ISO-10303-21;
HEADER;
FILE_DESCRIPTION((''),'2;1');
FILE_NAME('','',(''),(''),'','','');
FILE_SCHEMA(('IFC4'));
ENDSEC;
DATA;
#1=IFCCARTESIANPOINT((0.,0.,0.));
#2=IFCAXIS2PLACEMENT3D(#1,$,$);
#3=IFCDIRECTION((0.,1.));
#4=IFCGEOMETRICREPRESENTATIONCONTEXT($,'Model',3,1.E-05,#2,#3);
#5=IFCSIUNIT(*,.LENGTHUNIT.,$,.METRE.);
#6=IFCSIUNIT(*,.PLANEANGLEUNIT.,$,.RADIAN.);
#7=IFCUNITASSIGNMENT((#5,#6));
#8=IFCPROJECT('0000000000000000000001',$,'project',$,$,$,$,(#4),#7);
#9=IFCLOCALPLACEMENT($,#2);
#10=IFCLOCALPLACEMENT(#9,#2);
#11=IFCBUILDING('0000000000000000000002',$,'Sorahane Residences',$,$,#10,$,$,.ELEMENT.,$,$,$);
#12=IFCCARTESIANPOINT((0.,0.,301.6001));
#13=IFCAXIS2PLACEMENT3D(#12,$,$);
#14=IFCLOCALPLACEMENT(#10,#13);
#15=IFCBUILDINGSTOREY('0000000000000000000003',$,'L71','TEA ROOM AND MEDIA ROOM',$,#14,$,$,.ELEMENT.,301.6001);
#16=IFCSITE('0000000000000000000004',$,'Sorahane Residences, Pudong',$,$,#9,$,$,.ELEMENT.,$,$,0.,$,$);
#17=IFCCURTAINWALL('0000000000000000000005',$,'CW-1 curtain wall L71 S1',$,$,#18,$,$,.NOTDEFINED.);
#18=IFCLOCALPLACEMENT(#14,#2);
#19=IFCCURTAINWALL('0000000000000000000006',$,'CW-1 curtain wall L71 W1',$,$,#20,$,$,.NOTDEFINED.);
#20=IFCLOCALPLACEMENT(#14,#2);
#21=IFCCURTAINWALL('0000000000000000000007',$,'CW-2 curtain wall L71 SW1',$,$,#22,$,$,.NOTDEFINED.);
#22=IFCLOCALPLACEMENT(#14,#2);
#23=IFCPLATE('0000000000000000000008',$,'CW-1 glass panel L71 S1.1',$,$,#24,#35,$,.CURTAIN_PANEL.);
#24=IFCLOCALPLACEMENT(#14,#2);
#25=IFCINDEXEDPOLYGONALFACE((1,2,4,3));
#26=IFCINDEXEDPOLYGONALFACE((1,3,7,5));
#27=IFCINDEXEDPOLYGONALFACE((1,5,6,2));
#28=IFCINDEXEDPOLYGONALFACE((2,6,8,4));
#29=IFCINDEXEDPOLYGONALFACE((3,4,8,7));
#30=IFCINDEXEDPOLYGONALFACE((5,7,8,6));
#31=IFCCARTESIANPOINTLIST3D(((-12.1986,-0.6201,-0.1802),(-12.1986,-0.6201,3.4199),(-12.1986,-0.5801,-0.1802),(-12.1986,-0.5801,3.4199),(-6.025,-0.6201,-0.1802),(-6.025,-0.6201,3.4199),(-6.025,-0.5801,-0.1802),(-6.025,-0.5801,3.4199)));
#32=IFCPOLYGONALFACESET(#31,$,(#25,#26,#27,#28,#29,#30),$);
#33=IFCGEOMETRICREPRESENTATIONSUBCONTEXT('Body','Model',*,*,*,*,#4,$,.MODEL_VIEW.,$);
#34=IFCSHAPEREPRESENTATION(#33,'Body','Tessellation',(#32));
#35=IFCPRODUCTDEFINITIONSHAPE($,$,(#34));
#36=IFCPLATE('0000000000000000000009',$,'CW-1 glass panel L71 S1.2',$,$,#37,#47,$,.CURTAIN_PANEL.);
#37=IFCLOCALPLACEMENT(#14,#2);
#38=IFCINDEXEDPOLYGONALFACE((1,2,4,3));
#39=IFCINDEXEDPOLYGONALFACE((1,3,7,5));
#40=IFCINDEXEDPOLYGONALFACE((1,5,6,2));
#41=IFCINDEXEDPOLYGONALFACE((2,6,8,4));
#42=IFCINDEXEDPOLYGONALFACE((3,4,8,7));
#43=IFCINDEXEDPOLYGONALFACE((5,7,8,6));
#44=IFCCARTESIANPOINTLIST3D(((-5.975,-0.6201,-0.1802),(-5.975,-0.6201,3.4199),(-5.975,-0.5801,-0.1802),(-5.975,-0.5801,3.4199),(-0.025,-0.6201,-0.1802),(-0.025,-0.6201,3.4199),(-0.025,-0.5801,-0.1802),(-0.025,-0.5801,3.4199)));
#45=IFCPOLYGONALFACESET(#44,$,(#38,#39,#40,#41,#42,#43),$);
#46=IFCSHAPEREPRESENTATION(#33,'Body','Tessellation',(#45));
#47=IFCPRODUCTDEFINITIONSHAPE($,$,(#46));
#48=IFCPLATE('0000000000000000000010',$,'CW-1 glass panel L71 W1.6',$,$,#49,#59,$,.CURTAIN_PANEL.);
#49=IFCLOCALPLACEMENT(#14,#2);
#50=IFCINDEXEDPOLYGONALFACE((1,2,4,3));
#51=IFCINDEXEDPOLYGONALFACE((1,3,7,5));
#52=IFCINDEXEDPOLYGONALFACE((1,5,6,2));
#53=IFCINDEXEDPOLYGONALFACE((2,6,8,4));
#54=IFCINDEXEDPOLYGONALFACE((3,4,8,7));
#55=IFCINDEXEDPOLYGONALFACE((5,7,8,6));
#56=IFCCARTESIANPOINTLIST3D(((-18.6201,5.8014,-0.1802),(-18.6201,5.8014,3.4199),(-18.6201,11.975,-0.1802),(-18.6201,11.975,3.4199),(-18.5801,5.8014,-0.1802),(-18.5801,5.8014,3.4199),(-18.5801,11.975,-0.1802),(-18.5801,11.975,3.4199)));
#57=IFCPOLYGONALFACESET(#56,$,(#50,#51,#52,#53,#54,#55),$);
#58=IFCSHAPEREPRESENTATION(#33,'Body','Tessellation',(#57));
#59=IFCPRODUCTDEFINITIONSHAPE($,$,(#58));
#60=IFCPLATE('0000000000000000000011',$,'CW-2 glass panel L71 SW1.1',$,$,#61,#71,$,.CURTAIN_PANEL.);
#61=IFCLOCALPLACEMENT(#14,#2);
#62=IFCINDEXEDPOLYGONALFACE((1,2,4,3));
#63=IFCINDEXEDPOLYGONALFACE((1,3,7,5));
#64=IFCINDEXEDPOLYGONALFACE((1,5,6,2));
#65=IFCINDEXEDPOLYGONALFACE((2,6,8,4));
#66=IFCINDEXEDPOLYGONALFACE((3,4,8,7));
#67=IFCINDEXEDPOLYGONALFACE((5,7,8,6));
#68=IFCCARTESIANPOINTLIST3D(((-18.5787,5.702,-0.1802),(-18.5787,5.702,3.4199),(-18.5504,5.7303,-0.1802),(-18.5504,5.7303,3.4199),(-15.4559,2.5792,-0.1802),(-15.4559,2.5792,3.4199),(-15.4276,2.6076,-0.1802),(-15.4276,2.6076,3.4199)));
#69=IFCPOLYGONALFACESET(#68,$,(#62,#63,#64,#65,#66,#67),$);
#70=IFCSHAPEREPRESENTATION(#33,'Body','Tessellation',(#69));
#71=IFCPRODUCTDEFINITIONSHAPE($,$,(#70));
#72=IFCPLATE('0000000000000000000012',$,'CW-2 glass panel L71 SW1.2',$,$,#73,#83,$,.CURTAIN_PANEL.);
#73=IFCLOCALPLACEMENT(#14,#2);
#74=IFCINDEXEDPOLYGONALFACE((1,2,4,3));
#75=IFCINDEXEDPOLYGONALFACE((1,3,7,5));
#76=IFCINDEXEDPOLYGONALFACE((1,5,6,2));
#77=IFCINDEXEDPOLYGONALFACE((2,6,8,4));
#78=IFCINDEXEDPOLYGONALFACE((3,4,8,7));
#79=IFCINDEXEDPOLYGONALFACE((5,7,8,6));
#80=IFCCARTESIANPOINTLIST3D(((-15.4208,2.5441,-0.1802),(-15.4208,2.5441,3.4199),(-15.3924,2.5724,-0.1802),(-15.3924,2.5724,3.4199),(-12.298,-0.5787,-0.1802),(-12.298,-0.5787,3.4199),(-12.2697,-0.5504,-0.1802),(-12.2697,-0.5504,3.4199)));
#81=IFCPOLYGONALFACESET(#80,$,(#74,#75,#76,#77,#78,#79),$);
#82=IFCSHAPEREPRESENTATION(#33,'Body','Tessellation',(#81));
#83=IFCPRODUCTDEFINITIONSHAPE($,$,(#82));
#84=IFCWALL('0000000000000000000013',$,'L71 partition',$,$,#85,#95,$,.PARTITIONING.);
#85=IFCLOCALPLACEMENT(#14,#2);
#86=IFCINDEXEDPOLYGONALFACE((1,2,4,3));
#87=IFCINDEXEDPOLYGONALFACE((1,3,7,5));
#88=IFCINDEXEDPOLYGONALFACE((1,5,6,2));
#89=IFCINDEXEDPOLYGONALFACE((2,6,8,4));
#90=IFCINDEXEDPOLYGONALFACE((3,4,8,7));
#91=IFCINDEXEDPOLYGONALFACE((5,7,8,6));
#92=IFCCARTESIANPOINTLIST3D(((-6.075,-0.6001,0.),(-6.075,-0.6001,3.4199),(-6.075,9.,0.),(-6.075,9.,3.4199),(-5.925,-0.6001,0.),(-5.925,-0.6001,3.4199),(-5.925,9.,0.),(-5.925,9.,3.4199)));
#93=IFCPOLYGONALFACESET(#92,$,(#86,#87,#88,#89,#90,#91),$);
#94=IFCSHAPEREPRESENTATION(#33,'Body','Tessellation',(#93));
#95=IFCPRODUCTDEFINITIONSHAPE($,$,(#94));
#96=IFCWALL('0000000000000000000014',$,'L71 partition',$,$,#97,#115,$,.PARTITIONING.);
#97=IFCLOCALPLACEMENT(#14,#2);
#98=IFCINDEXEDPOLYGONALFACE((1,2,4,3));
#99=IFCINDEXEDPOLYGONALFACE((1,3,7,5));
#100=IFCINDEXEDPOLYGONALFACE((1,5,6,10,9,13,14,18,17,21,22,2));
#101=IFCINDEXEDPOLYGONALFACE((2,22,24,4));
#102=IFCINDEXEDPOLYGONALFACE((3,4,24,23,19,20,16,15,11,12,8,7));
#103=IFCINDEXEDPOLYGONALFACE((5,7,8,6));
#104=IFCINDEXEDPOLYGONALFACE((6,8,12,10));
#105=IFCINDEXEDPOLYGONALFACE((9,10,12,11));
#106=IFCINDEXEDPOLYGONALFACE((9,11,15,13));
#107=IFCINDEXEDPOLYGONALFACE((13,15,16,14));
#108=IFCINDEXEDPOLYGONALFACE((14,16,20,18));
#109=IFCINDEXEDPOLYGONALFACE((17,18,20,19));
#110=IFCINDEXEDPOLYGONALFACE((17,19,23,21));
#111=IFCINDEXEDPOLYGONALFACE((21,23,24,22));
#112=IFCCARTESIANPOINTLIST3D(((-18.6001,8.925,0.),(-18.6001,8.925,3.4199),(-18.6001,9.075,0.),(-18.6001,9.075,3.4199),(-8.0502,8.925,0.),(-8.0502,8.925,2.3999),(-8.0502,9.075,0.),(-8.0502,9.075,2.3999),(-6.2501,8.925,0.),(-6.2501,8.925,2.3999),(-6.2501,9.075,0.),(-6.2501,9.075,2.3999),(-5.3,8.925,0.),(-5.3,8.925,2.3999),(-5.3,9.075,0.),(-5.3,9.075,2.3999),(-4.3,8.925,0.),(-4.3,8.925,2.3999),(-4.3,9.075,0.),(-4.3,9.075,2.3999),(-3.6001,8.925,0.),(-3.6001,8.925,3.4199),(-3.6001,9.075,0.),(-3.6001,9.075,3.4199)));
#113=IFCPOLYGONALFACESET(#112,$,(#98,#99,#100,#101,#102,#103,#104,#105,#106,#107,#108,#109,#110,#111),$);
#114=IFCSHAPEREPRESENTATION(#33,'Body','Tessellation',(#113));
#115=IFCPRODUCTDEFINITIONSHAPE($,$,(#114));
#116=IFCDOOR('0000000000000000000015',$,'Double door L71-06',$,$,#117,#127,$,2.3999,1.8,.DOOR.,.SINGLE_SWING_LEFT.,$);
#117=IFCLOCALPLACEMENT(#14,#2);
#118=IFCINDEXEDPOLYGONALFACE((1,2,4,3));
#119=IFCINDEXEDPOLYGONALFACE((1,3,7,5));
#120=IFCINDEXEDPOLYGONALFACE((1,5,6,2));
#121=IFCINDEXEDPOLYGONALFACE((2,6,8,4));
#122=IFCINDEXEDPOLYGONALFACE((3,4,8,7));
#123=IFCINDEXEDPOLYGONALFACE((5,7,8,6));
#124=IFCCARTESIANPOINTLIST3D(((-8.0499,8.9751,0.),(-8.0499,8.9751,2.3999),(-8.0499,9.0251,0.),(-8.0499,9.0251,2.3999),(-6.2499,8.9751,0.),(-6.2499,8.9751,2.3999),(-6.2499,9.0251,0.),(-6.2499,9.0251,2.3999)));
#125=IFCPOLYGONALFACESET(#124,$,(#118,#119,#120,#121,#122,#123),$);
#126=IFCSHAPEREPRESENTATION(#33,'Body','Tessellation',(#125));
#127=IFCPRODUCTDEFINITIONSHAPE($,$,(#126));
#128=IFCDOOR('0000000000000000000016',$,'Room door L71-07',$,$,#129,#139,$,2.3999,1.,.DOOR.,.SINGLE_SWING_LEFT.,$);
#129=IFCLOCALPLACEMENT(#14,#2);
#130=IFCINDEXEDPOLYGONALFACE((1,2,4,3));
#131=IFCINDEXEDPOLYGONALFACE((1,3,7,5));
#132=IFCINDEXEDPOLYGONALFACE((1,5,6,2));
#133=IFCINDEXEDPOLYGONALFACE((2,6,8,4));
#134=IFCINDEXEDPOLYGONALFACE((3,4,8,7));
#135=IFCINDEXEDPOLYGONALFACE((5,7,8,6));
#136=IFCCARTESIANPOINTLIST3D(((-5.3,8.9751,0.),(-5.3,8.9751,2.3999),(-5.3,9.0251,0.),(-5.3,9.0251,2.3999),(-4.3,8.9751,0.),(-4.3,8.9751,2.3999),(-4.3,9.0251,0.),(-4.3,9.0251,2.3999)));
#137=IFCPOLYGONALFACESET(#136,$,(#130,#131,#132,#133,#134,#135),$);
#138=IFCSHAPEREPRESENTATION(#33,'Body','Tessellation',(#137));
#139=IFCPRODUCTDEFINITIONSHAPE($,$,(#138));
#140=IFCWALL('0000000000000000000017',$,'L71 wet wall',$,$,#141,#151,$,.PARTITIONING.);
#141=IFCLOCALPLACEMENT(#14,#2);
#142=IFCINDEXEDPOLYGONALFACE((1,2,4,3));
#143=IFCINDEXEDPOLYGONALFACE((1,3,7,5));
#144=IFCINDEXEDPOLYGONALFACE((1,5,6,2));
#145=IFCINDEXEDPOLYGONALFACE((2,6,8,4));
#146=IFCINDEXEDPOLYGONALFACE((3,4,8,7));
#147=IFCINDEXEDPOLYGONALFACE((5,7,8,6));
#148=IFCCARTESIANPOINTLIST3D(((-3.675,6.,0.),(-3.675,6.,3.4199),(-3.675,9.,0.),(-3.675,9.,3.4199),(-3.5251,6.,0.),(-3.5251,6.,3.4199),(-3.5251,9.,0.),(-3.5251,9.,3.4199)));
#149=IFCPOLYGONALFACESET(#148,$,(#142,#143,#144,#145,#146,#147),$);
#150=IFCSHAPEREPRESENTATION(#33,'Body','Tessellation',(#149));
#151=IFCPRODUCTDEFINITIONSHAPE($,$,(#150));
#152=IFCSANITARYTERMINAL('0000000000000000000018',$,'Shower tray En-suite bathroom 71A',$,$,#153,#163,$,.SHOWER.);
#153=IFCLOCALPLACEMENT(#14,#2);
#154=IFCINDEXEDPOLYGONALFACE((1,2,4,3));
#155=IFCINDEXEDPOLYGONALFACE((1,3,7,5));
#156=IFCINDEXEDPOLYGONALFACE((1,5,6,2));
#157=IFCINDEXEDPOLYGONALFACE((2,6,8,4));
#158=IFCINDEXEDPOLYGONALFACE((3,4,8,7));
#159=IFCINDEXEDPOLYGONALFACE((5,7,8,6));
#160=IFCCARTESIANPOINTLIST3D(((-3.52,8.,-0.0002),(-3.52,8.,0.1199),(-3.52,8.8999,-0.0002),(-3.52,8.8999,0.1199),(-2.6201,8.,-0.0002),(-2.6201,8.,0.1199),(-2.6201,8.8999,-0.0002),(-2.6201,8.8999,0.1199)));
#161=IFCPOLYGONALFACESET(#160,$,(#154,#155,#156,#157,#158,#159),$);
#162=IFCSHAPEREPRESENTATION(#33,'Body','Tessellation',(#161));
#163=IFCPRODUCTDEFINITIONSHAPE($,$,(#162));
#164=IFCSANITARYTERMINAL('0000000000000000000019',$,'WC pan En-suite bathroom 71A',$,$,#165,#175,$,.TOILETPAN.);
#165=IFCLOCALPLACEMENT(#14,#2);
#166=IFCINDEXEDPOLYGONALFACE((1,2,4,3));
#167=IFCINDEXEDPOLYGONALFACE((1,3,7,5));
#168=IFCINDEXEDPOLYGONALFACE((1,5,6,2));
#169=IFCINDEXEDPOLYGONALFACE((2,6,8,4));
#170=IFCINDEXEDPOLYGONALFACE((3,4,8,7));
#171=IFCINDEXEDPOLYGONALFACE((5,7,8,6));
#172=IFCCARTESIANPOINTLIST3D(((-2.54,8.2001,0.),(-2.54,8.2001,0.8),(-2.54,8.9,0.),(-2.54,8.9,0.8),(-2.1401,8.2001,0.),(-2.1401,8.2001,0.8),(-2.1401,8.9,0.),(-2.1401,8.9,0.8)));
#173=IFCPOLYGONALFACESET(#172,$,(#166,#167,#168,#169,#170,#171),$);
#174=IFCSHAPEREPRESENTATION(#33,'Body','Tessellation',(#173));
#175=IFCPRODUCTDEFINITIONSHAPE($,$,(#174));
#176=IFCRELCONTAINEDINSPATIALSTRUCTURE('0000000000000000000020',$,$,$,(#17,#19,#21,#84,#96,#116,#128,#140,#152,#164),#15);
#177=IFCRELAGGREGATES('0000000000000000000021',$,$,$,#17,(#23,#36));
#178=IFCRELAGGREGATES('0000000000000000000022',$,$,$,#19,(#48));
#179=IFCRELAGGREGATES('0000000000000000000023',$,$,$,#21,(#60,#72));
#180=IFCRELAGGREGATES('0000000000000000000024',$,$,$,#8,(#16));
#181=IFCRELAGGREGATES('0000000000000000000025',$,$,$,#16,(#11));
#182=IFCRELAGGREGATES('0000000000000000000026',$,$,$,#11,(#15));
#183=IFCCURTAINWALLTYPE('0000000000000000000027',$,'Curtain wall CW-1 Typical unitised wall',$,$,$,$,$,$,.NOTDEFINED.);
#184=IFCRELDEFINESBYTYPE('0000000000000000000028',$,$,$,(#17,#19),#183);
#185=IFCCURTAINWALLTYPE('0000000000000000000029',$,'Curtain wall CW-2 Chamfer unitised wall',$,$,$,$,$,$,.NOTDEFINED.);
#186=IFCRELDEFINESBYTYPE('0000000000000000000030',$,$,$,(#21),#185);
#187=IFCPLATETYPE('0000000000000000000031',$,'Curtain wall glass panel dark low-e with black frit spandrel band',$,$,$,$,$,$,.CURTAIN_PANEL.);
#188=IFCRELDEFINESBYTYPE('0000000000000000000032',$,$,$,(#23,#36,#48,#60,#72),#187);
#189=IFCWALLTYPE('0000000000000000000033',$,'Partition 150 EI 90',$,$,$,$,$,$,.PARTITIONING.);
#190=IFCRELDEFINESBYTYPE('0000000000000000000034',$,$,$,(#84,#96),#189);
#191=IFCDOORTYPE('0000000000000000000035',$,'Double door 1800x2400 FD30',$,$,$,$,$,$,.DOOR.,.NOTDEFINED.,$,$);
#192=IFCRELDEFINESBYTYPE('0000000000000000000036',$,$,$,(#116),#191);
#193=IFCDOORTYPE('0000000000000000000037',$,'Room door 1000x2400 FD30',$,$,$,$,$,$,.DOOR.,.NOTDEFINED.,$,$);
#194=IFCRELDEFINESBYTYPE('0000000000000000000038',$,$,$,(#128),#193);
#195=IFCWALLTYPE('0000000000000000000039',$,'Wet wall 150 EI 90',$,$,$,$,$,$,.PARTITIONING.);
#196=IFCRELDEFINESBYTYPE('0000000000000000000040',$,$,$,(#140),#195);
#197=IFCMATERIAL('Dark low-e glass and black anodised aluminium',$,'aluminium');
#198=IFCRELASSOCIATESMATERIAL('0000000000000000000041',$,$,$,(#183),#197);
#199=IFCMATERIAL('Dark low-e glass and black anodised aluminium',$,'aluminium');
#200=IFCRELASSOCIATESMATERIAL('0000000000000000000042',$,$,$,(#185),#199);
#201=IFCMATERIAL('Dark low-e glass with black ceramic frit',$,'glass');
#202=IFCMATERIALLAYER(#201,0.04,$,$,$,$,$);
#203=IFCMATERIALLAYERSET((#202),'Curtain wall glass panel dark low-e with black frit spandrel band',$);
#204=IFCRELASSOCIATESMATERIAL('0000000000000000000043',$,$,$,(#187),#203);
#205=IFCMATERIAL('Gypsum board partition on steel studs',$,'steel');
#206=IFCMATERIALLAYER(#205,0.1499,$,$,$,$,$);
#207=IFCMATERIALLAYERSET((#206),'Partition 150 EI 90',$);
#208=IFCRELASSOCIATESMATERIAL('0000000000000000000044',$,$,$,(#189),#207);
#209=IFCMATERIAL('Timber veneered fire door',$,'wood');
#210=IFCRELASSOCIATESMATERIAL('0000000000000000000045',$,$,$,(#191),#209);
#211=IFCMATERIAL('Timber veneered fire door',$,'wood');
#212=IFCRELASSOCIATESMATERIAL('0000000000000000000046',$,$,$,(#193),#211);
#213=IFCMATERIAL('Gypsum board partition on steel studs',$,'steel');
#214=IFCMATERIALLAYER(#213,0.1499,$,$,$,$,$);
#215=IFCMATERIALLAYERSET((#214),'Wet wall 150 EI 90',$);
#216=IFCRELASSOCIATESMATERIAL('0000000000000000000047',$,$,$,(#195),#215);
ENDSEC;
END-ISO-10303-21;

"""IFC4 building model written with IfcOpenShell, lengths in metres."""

from ifc_helpers import new_model, si_unit, direction, frame, frame_2d, origin, origin_2d, place, context, subcontext, project, spatial, rectangle, extrude, material, layer, layer_set, type_object, element, fill, aggregate, save


model = new_model("IFC4")

# Units and contexts
model_context = context("Model", 3, precision=1e-05, world=origin(), true_north=direction((0.0, 1.0)))
body_context = subcontext(model_context, "Body", "Model", "MODEL_VIEW")
ifc_project = project(units=[si_unit("LENGTHUNIT", "METRE"), si_unit("PLANEANGLEUNIT", "RADIAN")], contexts=[model_context])

# Site, building, storey
site_placement = place(None, origin())
site = spatial("IfcSite", under=ifc_project, at=site_placement, Name="Sorahane Residences, Pudong", CompositionType="ELEMENT", RefElevation=0.0)
building_placement = place(site_placement, origin())
building = spatial("IfcBuilding", under=site, at=building_placement, Name="Sorahane Residences", CompositionType="ELEMENT")
storey_placement = place(building_placement, frame((0.0, 0.0, 301.6001)))
storey = spatial("IfcBuildingStorey", under=building, at=storey_placement, Name="L71", Description="TEA ROOM AND MEDIA ROOM", CompositionType="ELEMENT", Elevation=301.6001)

# Curtain walls
ifc_material_1 = material(Name="Dark low-e glass and black anodised aluminium", Category="aluminium")
curtain_wall_type_1 = type_object("IfcCurtainWallType", Name="Curtain wall CW-1 Typical unitised wall", PredefinedType="NOTDEFINED", material=ifc_material_1)
curtain_wall_1_placement = place(storey_placement, origin())
curtain_wall_1 = element("IfcCurtainWall", 1, at=curtain_wall_1_placement, inside=storey, type_object=curtain_wall_type_1, Name="CW-1 curtain wall L71 S1", PredefinedType="NOTDEFINED")
curtain_wall_2_placement = place(storey_placement, origin())
curtain_wall_2 = element("IfcCurtainWall", 2, at=curtain_wall_2_placement, inside=storey, type_object=curtain_wall_type_1, Name="CW-1 curtain wall L71 W1", PredefinedType="NOTDEFINED")

# Curtain wall
ifc_material_2 = material(Name="Dark low-e glass and black anodised aluminium", Category="aluminium")
curtain_wall_type_2 = type_object("IfcCurtainWallType", Name="Curtain wall CW-2 Chamfer unitised wall", PredefinedType="NOTDEFINED", material=ifc_material_2)
curtain_wall_3_placement = place(storey_placement, origin())
curtain_wall_3 = element("IfcCurtainWall", 3, at=curtain_wall_3_placement, inside=storey, type_object=curtain_wall_type_2, Name="CW-2 curtain wall L71 SW1", PredefinedType="NOTDEFINED")

# Plates
ifc_material_3 = material(Name="Dark low-e glass with black ceramic frit", Category="glass")
ifc_layer_1 = layer(ifc_material_3, 0.04)
ifc_layer_set_1 = layer_set([ifc_layer_1], Name="Curtain wall glass panel dark low-e with black frit spandrel band")
plate_type = type_object("IfcPlateType", Name="Curtain wall glass panel dark low-e with black frit spandrel band", PredefinedType="CURTAIN_PANEL", material=ifc_layer_set_1)
plate_1_placement = place(storey_placement, frame((-9.1118, -0.6001, -0.1802), z_axis=(0.0, 0.0, 1.0), x_axis=(1.0, 0.0, 0.0)))
plate_1 = element("IfcPlate", 4, at=plate_1_placement, type_object=plate_type, Name="CW-1 glass panel L71 S1.1", PredefinedType="CURTAIN_PANEL", context=body_context, shape_type="SweptSolid", body=[
    extrude(rectangle(XDim=6.1736, YDim=0.04, at=origin_2d()), origin(), (0.0, 0.0, 1.0), 3.6001),
])
plate_2_placement = place(storey_placement, frame((-3.0, -0.6001, -0.1802), z_axis=(0.0, 0.0, 1.0), x_axis=(1.0, 0.0, 0.0)))
plate_2 = element("IfcPlate", 5, at=plate_2_placement, type_object=plate_type, Name="CW-1 glass panel L71 S1.2", PredefinedType="CURTAIN_PANEL", context=body_context, shape_type="SweptSolid", body=[
    extrude(rectangle(XDim=5.95, YDim=0.04, at=origin_2d()), origin(), (0.0, 0.0, 1.0), 3.6001),
])
aggregate(curtain_wall_1, [plate_1, plate_2])
plate_3_placement = place(storey_placement, frame((-18.6001, 8.8882, -0.1802), z_axis=(0.0, 0.0, 1.0), x_axis=(0.0, -1.0, 0.0)))
plate_3 = element("IfcPlate", 6, at=plate_3_placement, type_object=plate_type, Name="CW-1 glass panel L71 W1.6", PredefinedType="CURTAIN_PANEL", context=body_context, shape_type="SweptSolid", body=[
    extrude(rectangle(XDim=6.1736, YDim=0.04, at=origin_2d()), origin(), (0.0, 0.0, 1.0), 3.6001),
])
aggregate(curtain_wall_2, [plate_3])
plate_4_placement = place(storey_placement, frame((-17.0032, 4.1548, -0.1802), z_axis=(0.0, 0.0, 1.0), x_axis=(0.707107, -0.707107, 0.0)))
plate_4 = element("IfcPlate", 7, at=plate_4_placement, type_object=plate_type, Name="CW-2 glass panel L71 SW1.1", PredefinedType="CURTAIN_PANEL", context=body_context, shape_type="SweptSolid", body=[
    extrude(rectangle(XDim=4.4163, YDim=0.04, at=origin_2d()), origin(), (0.0, 0.0, 1.0), 3.6001),
])
plate_5_placement = place(storey_placement, frame((-13.8452, 0.9968, -0.1802), z_axis=(0.0, 0.0, 1.0), x_axis=(0.707107, -0.707107, 0.0)))
plate_5 = element("IfcPlate", 8, at=plate_5_placement, type_object=plate_type, Name="CW-2 glass panel L71 SW1.2", PredefinedType="CURTAIN_PANEL", context=body_context, shape_type="SweptSolid", body=[
    extrude(rectangle(XDim=4.4163, YDim=0.04, at=origin_2d()), origin(), (0.0, 0.0, 1.0), 3.6001),
])
aggregate(curtain_wall_3, [plate_4, plate_5])

# Wall
ifc_material_4 = material(Name="Gypsum board partition on steel studs", Category="steel")
ifc_layer_2 = layer(ifc_material_4, 0.1499)
ifc_layer_set_2 = layer_set([ifc_layer_2], Name="Partition 150 EI 90")
wall_type_1 = type_object("IfcWallType", Name="Partition 150 EI 90", PredefinedType="PARTITIONING", material=ifc_layer_set_2)
wall_1_placement = place(storey_placement, frame((-6.0, -0.6001, 0.0), z_axis=(0.0, 0.0, 1.0), x_axis=(0.0, 1.0, 0.0)))
element("IfcWall", 9, at=wall_1_placement, inside=storey, type_object=wall_type_1, Name="L71 partition", PredefinedType="PARTITIONING", context=body_context, shape_type="SweptSolid", body=[
    extrude(rectangle(XDim=9.6001, YDim=0.1499, at=frame_2d((4.8, 0.0))), origin(), (0.0, 0.0, 1.0), 3.4199),
])

# Wall, openings, doors
ifc_material_5 = material(Name="Timber veneered fire door", Category="wood")
door_type_1 = type_object("IfcDoorType", Name="Double door 1800x2400 FD30", OperationType="NOTDEFINED", PredefinedType="DOOR", material=ifc_material_5)
ifc_material_6 = material(Name="Timber veneered fire door", Category="wood")
door_type_2 = type_object("IfcDoorType", Name="Room door 1000x2400 FD30", OperationType="NOTDEFINED", PredefinedType="DOOR", material=ifc_material_6)
wall_2_placement = place(storey_placement, frame((-18.6001, 9.0, 0.0), z_axis=(0.0, 0.0, 1.0), x_axis=(1.0, 0.0, 0.0)))
wall_2 = element("IfcWall", 10, at=wall_2_placement, inside=storey, type_object=wall_type_1, Name="L71 partition", PredefinedType="PARTITIONING", context=body_context, shape_type="SweptSolid", body=[
    extrude(rectangle(XDim=15.0, YDim=0.1499, at=frame_2d((7.5, 0.0))), origin(), (0.0, 0.0, 1.0), 3.4199),
])
opening_1_placement = place(wall_2_placement, frame((10.55, 0.0, 0.0)))
opening_1 = element("IfcOpeningElement", 11, at=opening_1_placement, cuts=wall_2, PredefinedType="OPENING", context=body_context, shape_type="SweptSolid", body=[
    extrude(rectangle(XDim=1.8, YDim=2.3999, at=frame_2d((0.8999, 1.2))), frame((0.0, 0.085, 0.0), z_axis=(0.0, -1.0, 0.0), x_axis=(1.0, 0.0, 0.0)), (0.0, 0.0, 1.0), 0.1699),
])
opening_2_placement = place(wall_2_placement, frame((13.3, 0.0, 0.0)))
opening_2 = element("IfcOpeningElement", 12, at=opening_2_placement, cuts=wall_2, PredefinedType="OPENING", context=body_context, shape_type="SweptSolid", body=[
    extrude(rectangle(XDim=1.0, YDim=2.3999, at=frame_2d((0.5, 1.2))), frame((0.0, 0.085, 0.0), z_axis=(0.0, -1.0, 0.0), x_axis=(1.0, 0.0, 0.0)), (0.0, 0.0, 1.0), 0.1699),
])
door_1_placement = place(opening_1_placement, frame((1.8, 0.0, 0.0), z_axis=(0.0, 0.0, 1.0), x_axis=(-1.0, 0.0, 0.0)))
door_1 = element("IfcDoor", 13, at=door_1_placement, inside=storey, type_object=door_type_1, Name="Double door L71-06", OperationType="SINGLE_SWING_LEFT", OverallHeight=2.3999, OverallWidth=1.8, PredefinedType="DOOR", context=body_context, shape_type="SweptSolid", body=[
    extrude(rectangle(XDim=1.8, YDim=2.3999, at=frame_2d((0.8999, 1.2))), frame((0.0, 0.0249, 0.0), z_axis=(0.0, -1.0, 0.0), x_axis=(1.0, 0.0, 0.0)), (0.0, 0.0, 1.0), 0.05),
])
fill(opening_1, door_1)
door_2_placement = place(opening_2_placement, frame((1.0, 0.0, 0.0), z_axis=(0.0, 0.0, 1.0), x_axis=(-1.0, 0.0, 0.0)))
door_2 = element("IfcDoor", 14, at=door_2_placement, inside=storey, type_object=door_type_2, Name="Room door L71-07", OperationType="SINGLE_SWING_LEFT", OverallHeight=2.3999, OverallWidth=1.0, PredefinedType="DOOR", context=body_context, shape_type="SweptSolid", body=[
    extrude(rectangle(XDim=1.0, YDim=2.3999, at=frame_2d((0.5, 1.2))), frame((0.0, 0.0249, 0.0), z_axis=(0.0, -1.0, 0.0), x_axis=(1.0, 0.0, 0.0)), (0.0, 0.0, 1.0), 0.05),
])
fill(opening_2, door_2)

# Wall
ifc_material_7 = material(Name="Gypsum board partition on steel studs", Category="steel")
ifc_layer_3 = layer(ifc_material_7, 0.1499)
ifc_layer_set_3 = layer_set([ifc_layer_3], Name="Wet wall 150 EI 90")
wall_type_2 = type_object("IfcWallType", Name="Wet wall 150 EI 90", PredefinedType="PARTITIONING", material=ifc_layer_set_3)
wall_3_placement = place(storey_placement, frame((-3.6001, 6.0, 0.0), z_axis=(0.0, 0.0, 1.0), x_axis=(0.0, 1.0, 0.0)))
element("IfcWall", 15, at=wall_3_placement, inside=storey, type_object=wall_type_2, Name="L71 wet wall", PredefinedType="PARTITIONING", context=body_context, shape_type="SweptSolid", body=[
    extrude(rectangle(XDim=3.0, YDim=0.1499, at=frame_2d((1.5, 0.0))), origin(), (0.0, 0.0, 1.0), 3.4199),
])

# Sanitary terminals
sanitary_terminal_1_placement = place(storey_placement, frame((-3.0701, 8.45, -0.0002), z_axis=(0.0, 0.0, 1.0), x_axis=(1.0, 0.0, 0.0)))
element("IfcSanitaryTerminal", 16, at=sanitary_terminal_1_placement, inside=storey, Name="Shower tray En-suite bathroom 71A", PredefinedType="SHOWER", context=body_context, shape_type="SweptSolid", body=[
    extrude(rectangle(XDim=0.8999, YDim=0.8999, at=origin_2d()), origin(), (0.0, 0.0, 1.0), 0.1201),
])
sanitary_terminal_2_placement = place(storey_placement, frame((-2.3401, 8.55, 0.0), z_axis=(0.0, 0.0, 1.0), x_axis=(1.0, 0.0, 0.0)))
element("IfcSanitaryTerminal", 17, at=sanitary_terminal_2_placement, inside=storey, Name="WC pan En-suite bathroom 71A", PredefinedType="TOILETPAN", context=body_context, shape_type="SweptSolid", body=[
    extrude(rectangle(XDim=0.3999, YDim=0.7, at=origin_2d()), origin(), (0.0, 0.0, 1.0), 0.8),
])

save(model, "model.ifc")
